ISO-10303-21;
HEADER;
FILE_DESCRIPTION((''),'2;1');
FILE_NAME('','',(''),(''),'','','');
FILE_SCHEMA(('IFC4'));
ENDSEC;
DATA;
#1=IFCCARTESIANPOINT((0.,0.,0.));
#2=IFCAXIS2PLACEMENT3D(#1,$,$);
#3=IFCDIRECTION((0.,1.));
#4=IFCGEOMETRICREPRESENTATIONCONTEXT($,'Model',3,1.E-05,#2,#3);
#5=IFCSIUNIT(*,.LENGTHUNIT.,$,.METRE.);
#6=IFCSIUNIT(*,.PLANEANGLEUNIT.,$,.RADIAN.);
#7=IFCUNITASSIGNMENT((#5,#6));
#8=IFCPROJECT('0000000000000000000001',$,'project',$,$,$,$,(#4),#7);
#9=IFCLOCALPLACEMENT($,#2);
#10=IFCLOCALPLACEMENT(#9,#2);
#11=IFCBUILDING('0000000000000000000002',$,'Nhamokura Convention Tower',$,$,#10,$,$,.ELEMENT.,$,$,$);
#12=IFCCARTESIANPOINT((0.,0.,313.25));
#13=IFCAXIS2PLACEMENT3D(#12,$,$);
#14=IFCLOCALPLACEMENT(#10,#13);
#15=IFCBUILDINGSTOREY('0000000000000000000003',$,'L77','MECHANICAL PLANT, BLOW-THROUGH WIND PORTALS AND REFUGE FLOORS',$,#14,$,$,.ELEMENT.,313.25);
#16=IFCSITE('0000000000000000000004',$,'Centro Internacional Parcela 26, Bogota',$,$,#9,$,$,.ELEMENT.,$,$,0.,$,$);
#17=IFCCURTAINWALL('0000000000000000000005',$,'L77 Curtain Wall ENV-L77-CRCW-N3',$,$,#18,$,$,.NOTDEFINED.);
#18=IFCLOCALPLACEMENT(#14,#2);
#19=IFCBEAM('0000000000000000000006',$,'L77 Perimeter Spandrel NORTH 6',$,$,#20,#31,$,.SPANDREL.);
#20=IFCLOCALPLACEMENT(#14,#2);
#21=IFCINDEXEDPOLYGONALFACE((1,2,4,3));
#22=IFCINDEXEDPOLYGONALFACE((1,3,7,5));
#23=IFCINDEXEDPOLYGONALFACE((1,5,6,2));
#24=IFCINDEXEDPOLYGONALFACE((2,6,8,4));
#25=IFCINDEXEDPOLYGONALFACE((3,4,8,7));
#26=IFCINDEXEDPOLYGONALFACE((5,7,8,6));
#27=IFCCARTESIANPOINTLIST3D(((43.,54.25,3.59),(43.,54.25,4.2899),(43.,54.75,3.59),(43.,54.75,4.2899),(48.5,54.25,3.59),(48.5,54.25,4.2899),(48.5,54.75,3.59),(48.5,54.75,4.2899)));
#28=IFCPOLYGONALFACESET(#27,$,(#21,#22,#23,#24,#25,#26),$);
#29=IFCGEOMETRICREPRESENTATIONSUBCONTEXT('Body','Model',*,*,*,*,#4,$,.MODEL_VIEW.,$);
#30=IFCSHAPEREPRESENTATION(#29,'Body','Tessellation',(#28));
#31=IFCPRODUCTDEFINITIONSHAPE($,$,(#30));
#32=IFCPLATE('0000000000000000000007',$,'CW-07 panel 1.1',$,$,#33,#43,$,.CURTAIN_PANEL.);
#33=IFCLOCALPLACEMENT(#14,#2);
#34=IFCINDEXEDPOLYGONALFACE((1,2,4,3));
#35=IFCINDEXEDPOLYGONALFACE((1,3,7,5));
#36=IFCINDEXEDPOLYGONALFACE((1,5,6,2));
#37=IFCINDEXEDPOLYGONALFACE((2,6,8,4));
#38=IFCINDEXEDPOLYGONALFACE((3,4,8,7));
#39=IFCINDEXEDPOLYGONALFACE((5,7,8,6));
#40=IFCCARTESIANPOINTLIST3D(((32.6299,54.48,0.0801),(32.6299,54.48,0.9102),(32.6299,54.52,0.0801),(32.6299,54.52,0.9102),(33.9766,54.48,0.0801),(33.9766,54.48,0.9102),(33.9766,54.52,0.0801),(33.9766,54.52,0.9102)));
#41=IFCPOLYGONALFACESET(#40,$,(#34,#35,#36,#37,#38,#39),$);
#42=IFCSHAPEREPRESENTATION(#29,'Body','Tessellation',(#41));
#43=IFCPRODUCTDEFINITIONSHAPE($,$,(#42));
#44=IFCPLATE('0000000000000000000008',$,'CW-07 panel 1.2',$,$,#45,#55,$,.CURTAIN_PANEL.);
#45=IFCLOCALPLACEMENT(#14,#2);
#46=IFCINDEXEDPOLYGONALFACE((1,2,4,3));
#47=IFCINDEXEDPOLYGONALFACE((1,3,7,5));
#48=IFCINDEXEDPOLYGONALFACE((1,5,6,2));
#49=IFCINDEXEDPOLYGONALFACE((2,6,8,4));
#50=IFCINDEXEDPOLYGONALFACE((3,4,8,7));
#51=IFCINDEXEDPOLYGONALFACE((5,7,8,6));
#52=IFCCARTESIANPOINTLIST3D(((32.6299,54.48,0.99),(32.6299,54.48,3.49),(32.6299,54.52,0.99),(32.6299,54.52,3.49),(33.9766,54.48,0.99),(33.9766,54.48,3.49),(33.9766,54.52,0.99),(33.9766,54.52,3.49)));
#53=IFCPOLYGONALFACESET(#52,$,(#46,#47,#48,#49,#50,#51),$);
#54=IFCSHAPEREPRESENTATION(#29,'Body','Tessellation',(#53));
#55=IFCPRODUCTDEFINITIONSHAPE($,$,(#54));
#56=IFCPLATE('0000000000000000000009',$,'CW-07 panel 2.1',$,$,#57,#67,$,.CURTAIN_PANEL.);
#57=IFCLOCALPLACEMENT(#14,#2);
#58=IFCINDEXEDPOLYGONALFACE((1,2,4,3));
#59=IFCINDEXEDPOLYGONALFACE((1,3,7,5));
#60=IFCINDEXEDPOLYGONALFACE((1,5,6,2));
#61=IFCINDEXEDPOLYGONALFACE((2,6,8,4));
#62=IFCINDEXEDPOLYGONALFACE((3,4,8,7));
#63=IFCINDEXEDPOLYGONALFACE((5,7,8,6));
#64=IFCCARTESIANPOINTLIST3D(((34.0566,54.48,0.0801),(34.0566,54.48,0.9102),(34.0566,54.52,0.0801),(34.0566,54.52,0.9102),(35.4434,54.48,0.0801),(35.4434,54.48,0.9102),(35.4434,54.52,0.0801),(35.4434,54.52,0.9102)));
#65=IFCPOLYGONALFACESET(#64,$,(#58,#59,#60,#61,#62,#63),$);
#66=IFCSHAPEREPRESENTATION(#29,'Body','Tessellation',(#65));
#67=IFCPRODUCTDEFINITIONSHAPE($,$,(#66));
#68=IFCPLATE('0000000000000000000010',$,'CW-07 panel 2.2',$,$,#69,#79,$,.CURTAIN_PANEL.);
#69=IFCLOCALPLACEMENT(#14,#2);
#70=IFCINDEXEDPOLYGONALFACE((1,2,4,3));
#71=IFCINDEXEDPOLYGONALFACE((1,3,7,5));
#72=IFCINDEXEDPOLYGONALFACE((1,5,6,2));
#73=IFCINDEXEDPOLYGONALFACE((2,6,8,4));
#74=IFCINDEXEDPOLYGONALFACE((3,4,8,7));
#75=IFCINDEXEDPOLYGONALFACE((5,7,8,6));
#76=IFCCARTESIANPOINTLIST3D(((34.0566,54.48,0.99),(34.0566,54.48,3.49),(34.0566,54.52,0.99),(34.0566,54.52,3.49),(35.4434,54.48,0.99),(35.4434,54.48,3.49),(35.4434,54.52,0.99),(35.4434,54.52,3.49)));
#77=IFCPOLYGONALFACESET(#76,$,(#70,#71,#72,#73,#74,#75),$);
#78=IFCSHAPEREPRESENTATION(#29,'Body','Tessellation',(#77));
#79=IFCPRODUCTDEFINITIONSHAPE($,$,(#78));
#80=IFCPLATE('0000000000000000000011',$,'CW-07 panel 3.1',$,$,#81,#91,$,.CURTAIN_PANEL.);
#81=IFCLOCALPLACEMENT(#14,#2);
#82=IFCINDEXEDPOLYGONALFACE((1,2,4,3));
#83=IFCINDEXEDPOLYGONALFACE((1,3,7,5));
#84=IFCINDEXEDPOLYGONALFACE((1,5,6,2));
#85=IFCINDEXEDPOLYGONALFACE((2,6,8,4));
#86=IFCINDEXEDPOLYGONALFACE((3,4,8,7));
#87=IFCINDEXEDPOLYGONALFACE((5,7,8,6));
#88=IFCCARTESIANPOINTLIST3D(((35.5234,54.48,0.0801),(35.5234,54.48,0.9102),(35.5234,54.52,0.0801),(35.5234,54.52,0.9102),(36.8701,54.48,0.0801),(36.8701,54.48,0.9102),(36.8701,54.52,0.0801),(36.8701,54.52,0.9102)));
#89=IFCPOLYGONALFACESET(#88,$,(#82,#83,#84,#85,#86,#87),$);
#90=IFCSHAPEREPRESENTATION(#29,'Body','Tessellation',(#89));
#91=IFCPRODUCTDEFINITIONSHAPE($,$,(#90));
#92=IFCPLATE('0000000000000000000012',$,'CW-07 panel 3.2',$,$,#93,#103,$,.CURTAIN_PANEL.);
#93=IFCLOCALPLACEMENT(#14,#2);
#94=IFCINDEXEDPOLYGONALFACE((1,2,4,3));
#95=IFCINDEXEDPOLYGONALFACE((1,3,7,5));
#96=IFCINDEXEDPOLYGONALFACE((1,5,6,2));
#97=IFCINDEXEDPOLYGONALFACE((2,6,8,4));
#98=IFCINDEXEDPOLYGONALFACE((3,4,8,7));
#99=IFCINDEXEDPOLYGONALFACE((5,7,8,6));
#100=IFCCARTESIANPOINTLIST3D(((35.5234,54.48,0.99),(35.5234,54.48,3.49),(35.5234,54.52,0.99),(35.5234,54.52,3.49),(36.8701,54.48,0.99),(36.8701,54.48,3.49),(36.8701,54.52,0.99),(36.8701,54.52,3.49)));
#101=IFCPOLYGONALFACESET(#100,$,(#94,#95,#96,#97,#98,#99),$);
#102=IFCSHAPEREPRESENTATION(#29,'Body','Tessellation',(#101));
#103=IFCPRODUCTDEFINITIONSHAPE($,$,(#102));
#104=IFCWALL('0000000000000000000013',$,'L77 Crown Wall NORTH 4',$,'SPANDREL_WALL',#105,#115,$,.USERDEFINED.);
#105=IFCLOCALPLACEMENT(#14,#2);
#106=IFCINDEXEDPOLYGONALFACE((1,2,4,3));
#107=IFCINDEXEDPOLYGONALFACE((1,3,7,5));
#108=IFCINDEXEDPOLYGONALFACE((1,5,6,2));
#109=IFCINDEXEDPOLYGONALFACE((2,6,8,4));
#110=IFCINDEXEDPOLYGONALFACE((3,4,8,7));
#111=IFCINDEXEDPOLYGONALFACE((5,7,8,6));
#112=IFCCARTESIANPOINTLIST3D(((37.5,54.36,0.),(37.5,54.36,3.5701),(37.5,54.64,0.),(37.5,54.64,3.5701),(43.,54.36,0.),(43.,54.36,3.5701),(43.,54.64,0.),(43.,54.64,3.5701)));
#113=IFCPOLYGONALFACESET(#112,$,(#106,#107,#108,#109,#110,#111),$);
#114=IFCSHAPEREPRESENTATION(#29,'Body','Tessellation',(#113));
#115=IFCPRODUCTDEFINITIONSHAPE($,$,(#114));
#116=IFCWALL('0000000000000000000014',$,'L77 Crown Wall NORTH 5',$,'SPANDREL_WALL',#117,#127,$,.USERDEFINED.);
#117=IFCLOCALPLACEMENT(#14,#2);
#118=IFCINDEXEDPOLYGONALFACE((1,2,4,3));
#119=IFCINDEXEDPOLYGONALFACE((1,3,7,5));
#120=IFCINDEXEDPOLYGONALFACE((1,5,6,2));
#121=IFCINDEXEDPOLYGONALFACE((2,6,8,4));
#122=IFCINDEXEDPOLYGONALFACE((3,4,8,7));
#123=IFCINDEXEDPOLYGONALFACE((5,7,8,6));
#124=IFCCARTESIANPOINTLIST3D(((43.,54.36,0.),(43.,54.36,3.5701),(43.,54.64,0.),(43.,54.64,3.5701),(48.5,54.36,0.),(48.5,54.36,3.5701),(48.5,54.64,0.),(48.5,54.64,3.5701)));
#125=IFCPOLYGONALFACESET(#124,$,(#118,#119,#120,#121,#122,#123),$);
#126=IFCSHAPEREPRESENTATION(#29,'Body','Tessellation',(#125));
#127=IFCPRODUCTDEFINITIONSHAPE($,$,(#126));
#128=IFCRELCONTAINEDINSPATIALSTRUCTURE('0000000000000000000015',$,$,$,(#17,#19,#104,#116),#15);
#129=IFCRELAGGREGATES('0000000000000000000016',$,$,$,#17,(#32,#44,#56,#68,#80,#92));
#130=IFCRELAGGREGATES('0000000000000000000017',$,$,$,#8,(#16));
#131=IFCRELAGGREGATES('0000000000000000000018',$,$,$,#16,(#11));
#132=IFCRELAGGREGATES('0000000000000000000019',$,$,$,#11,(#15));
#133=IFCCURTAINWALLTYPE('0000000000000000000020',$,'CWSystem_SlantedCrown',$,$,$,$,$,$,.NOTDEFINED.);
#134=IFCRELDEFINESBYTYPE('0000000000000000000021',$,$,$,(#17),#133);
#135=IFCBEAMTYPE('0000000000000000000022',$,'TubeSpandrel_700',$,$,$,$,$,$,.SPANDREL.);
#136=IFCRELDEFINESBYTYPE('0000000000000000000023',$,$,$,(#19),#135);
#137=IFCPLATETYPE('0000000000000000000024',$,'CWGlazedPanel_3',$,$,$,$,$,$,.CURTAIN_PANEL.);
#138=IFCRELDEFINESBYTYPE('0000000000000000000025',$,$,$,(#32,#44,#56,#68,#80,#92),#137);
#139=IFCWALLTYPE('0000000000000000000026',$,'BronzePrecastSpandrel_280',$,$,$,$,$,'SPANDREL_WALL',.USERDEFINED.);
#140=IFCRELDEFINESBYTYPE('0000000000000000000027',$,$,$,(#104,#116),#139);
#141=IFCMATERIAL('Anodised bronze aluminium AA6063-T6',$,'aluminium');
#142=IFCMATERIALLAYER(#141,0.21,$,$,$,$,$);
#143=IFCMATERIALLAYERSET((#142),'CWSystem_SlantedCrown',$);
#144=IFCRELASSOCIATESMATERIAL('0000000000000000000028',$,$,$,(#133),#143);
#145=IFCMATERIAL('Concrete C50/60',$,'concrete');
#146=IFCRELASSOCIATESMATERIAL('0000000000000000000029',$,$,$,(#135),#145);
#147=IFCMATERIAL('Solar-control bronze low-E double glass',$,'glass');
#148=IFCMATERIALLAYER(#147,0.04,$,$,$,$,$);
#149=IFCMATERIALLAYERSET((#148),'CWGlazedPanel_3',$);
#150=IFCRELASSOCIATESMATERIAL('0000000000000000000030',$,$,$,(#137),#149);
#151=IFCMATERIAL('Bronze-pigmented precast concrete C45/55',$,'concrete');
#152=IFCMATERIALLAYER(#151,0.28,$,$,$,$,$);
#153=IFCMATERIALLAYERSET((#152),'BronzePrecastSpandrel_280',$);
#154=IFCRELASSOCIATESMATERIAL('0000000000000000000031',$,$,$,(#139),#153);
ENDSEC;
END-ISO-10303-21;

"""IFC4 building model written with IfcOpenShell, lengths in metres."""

from ifc_helpers import new_model, si_unit, direction, frame, frame_2d, origin, origin_2d, place, context, subcontext, project, spatial, rectangle, extrude, material, layer, layer_set, material_profile, profile_set, type_object, element, aggregate, save


model = new_model("IFC4")

# Units and contexts
model_context = context("Model", 3, precision=1e-05, world=origin(), true_north=direction((0.0, 1.0)))
body_context = subcontext(model_context, "Body", "Model", "MODEL_VIEW")
ifc_project = project(units=[si_unit("LENGTHUNIT", "METRE"), si_unit("PLANEANGLEUNIT", "RADIAN")], contexts=[model_context])

# Site, building, storey
site_placement = place(None, origin())
site = spatial("IfcSite", under=ifc_project, at=site_placement, Name="Centro Internacional Parcela 26, Bogota", CompositionType="ELEMENT", RefElevation=0.0)
building_placement = place(site_placement, origin())
building = spatial("IfcBuilding", under=site, at=building_placement, Name="Nhamokura Convention Tower", CompositionType="ELEMENT")
storey_placement = place(building_placement, frame((0.0, 0.0, 313.25)))
storey = spatial("IfcBuildingStorey", under=building, at=storey_placement, Name="L77", Description="MECHANICAL PLANT, BLOW-THROUGH WIND PORTALS AND REFUGE FLOORS", CompositionType="ELEMENT", Elevation=313.25)

# Curtain wall
ifc_material_1 = material(Name="Anodised bronze aluminium AA6063-T6", Category="aluminium")
ifc_layer_1 = layer(ifc_material_1, 0.21)
ifc_layer_set_1 = layer_set([ifc_layer_1], Name="CWSystem_SlantedCrown")
curtain_wall_type = type_object("IfcCurtainWallType", Name="CWSystem_SlantedCrown", PredefinedType="NOTDEFINED", material=ifc_layer_set_1)
curtain_wall_placement = place(storey_placement, origin())
curtain_wall = element("IfcCurtainWall", 1, at=curtain_wall_placement, inside=storey, type_object=curtain_wall_type, Name="L77 Curtain Wall ENV-L77-CRCW-N3", PredefinedType="NOTDEFINED")

# Beam
ifc_material_2 = material(Name="Concrete C50/60", Category="concrete")
ifc_material_profile_1 = material_profile(ifc_material_2, rectangle(XDim=0.5, YDim=0.7, at=origin_2d()))
ifc_profile_set_1 = profile_set([ifc_material_profile_1], Name="Concrete C50/60")
beam_type = type_object("IfcBeamType", Name="TubeSpandrel_700", PredefinedType="SPANDREL", material=ifc_profile_set_1)
for number, where, z_axis, x_axis, name in (
    (2, (43.0, 54.5, 3.9399), (1.0, 0.0, 0.0), (0.0, 1.0, 0.0), "L77 Perimeter Spandrel NORTH 6"),
):
    element("IfcBeam", number, at=place(storey_placement, frame(where, z_axis=z_axis, x_axis=x_axis)), inside=storey, type_object=beam_type, Name=name, PredefinedType="SPANDREL", context=body_context, shape_type="SweptSolid", body=[
        extrude(rectangle(XDim=0.5, YDim=0.7, at=origin_2d()), origin(), (0.0, 0.0, 1.0), 5.5),
    ])

# Plates
ifc_material_3 = material(Name="Solar-control bronze low-E double glass", Category="glass")
ifc_layer_2 = layer(ifc_material_3, 0.04)
ifc_layer_set_2 = layer_set([ifc_layer_2], Name="CWGlazedPanel_3")
plate_type = type_object("IfcPlateType", Name="CWGlazedPanel_3", PredefinedType="CURTAIN_PANEL", material=ifc_layer_set_2)
plate_1_placement = place(storey_placement, frame((33.3032, 54.5, 0.0801), z_axis=(0.0, 0.0, 1.0), x_axis=(1.0, 0.0, 0.0)))
plate_1 = element("IfcPlate", 3, at=plate_1_placement, type_object=plate_type, Name="CW-07 panel 1.1", PredefinedType="CURTAIN_PANEL", context=body_context, shape_type="SweptSolid", body=[
    extrude(rectangle(XDim=1.3467, YDim=0.04, at=origin_2d()), origin(), (0.0, 0.0, 1.0), 0.8301),
])
plate_2_placement = place(storey_placement, frame((33.3032, 54.5, 0.99), z_axis=(0.0, 0.0, 1.0), x_axis=(1.0, 0.0, 0.0)))
plate_2 = element("IfcPlate", 4, at=plate_2_placement, type_object=plate_type, Name="CW-07 panel 1.2", PredefinedType="CURTAIN_PANEL", context=body_context, shape_type="SweptSolid", body=[
    extrude(rectangle(XDim=1.3467, YDim=0.04, at=origin_2d()), origin(), (0.0, 0.0, 1.0), 2.5),
])
plate_3_placement = place(storey_placement, frame((34.75, 54.5, 0.0801), z_axis=(0.0, 0.0, 1.0), x_axis=(1.0, 0.0, 0.0)))
plate_3 = element("IfcPlate", 5, at=plate_3_placement, type_object=plate_type, Name="CW-07 panel 2.1", PredefinedType="CURTAIN_PANEL", context=body_context, shape_type="SweptSolid", body=[
    extrude(rectangle(XDim=1.3867, YDim=0.04, at=origin_2d()), origin(), (0.0, 0.0, 1.0), 0.8301),
])
plate_4_placement = place(storey_placement, frame((34.75, 54.5, 0.99), z_axis=(0.0, 0.0, 1.0), x_axis=(1.0, 0.0, 0.0)))
plate_4 = element("IfcPlate", 6, at=plate_4_placement, type_object=plate_type, Name="CW-07 panel 2.2", PredefinedType="CURTAIN_PANEL", context=body_context, shape_type="SweptSolid", body=[
    extrude(rectangle(XDim=1.3867, YDim=0.04, at=origin_2d()), origin(), (0.0, 0.0, 1.0), 2.5),
])
plate_5_placement = place(storey_placement, frame((36.1968, 54.5, 0.0801), z_axis=(0.0, 0.0, 1.0), x_axis=(1.0, 0.0, 0.0)))
plate_5 = element("IfcPlate", 7, at=plate_5_placement, type_object=plate_type, Name="CW-07 panel 3.1", PredefinedType="CURTAIN_PANEL", context=body_context, shape_type="SweptSolid", body=[
    extrude(rectangle(XDim=1.3467, YDim=0.04, at=origin_2d()), origin(), (0.0, 0.0, 1.0), 0.8301),
])
plate_6_placement = place(storey_placement, frame((36.1968, 54.5, 0.99), z_axis=(0.0, 0.0, 1.0), x_axis=(1.0, 0.0, 0.0)))
plate_6 = element("IfcPlate", 8, at=plate_6_placement, type_object=plate_type, Name="CW-07 panel 3.2", PredefinedType="CURTAIN_PANEL", context=body_context, shape_type="SweptSolid", body=[
    extrude(rectangle(XDim=1.3467, YDim=0.04, at=origin_2d()), origin(), (0.0, 0.0, 1.0), 2.5),
])
aggregate(curtain_wall, [plate_1, plate_2, plate_3, plate_4, plate_5, plate_6])

# Walls
ifc_material_4 = material(Name="Bronze-pigmented precast concrete C45/55", Category="concrete")
ifc_layer_3 = layer(ifc_material_4, 0.28)
ifc_layer_set_3 = layer_set([ifc_layer_3], Name="BronzePrecastSpandrel_280")
wall_type = type_object("IfcWallType", Name="BronzePrecastSpandrel_280", ElementType="SPANDREL_WALL", PredefinedType="USERDEFINED", material=ifc_layer_set_3)
for number, where, z_axis, x_axis, name in (
    (9, (37.5, 54.5, 0.0), (0.0, 0.0, 1.0), (1.0, 0.0, 0.0), "L77 Crown Wall NORTH 4"),
    (10, (43.0, 54.5, 0.0), (0.0, 0.0, 1.0), (1.0, 0.0, 0.0), "L77 Crown Wall NORTH 5"),
):
    element("IfcWall", number, at=place(storey_placement, frame(where, z_axis=z_axis, x_axis=x_axis)), inside=storey, type_object=wall_type, Name=name, ObjectType="SPANDREL_WALL", PredefinedType="USERDEFINED", context=body_context, shape_type="SweptSolid", body=[
        extrude(rectangle(XDim=5.5, YDim=0.28, at=frame_2d((2.75, 0.0))), origin(), (0.0, 0.0, 1.0), 3.5701),
    ])

save(model, "model.ifc")
